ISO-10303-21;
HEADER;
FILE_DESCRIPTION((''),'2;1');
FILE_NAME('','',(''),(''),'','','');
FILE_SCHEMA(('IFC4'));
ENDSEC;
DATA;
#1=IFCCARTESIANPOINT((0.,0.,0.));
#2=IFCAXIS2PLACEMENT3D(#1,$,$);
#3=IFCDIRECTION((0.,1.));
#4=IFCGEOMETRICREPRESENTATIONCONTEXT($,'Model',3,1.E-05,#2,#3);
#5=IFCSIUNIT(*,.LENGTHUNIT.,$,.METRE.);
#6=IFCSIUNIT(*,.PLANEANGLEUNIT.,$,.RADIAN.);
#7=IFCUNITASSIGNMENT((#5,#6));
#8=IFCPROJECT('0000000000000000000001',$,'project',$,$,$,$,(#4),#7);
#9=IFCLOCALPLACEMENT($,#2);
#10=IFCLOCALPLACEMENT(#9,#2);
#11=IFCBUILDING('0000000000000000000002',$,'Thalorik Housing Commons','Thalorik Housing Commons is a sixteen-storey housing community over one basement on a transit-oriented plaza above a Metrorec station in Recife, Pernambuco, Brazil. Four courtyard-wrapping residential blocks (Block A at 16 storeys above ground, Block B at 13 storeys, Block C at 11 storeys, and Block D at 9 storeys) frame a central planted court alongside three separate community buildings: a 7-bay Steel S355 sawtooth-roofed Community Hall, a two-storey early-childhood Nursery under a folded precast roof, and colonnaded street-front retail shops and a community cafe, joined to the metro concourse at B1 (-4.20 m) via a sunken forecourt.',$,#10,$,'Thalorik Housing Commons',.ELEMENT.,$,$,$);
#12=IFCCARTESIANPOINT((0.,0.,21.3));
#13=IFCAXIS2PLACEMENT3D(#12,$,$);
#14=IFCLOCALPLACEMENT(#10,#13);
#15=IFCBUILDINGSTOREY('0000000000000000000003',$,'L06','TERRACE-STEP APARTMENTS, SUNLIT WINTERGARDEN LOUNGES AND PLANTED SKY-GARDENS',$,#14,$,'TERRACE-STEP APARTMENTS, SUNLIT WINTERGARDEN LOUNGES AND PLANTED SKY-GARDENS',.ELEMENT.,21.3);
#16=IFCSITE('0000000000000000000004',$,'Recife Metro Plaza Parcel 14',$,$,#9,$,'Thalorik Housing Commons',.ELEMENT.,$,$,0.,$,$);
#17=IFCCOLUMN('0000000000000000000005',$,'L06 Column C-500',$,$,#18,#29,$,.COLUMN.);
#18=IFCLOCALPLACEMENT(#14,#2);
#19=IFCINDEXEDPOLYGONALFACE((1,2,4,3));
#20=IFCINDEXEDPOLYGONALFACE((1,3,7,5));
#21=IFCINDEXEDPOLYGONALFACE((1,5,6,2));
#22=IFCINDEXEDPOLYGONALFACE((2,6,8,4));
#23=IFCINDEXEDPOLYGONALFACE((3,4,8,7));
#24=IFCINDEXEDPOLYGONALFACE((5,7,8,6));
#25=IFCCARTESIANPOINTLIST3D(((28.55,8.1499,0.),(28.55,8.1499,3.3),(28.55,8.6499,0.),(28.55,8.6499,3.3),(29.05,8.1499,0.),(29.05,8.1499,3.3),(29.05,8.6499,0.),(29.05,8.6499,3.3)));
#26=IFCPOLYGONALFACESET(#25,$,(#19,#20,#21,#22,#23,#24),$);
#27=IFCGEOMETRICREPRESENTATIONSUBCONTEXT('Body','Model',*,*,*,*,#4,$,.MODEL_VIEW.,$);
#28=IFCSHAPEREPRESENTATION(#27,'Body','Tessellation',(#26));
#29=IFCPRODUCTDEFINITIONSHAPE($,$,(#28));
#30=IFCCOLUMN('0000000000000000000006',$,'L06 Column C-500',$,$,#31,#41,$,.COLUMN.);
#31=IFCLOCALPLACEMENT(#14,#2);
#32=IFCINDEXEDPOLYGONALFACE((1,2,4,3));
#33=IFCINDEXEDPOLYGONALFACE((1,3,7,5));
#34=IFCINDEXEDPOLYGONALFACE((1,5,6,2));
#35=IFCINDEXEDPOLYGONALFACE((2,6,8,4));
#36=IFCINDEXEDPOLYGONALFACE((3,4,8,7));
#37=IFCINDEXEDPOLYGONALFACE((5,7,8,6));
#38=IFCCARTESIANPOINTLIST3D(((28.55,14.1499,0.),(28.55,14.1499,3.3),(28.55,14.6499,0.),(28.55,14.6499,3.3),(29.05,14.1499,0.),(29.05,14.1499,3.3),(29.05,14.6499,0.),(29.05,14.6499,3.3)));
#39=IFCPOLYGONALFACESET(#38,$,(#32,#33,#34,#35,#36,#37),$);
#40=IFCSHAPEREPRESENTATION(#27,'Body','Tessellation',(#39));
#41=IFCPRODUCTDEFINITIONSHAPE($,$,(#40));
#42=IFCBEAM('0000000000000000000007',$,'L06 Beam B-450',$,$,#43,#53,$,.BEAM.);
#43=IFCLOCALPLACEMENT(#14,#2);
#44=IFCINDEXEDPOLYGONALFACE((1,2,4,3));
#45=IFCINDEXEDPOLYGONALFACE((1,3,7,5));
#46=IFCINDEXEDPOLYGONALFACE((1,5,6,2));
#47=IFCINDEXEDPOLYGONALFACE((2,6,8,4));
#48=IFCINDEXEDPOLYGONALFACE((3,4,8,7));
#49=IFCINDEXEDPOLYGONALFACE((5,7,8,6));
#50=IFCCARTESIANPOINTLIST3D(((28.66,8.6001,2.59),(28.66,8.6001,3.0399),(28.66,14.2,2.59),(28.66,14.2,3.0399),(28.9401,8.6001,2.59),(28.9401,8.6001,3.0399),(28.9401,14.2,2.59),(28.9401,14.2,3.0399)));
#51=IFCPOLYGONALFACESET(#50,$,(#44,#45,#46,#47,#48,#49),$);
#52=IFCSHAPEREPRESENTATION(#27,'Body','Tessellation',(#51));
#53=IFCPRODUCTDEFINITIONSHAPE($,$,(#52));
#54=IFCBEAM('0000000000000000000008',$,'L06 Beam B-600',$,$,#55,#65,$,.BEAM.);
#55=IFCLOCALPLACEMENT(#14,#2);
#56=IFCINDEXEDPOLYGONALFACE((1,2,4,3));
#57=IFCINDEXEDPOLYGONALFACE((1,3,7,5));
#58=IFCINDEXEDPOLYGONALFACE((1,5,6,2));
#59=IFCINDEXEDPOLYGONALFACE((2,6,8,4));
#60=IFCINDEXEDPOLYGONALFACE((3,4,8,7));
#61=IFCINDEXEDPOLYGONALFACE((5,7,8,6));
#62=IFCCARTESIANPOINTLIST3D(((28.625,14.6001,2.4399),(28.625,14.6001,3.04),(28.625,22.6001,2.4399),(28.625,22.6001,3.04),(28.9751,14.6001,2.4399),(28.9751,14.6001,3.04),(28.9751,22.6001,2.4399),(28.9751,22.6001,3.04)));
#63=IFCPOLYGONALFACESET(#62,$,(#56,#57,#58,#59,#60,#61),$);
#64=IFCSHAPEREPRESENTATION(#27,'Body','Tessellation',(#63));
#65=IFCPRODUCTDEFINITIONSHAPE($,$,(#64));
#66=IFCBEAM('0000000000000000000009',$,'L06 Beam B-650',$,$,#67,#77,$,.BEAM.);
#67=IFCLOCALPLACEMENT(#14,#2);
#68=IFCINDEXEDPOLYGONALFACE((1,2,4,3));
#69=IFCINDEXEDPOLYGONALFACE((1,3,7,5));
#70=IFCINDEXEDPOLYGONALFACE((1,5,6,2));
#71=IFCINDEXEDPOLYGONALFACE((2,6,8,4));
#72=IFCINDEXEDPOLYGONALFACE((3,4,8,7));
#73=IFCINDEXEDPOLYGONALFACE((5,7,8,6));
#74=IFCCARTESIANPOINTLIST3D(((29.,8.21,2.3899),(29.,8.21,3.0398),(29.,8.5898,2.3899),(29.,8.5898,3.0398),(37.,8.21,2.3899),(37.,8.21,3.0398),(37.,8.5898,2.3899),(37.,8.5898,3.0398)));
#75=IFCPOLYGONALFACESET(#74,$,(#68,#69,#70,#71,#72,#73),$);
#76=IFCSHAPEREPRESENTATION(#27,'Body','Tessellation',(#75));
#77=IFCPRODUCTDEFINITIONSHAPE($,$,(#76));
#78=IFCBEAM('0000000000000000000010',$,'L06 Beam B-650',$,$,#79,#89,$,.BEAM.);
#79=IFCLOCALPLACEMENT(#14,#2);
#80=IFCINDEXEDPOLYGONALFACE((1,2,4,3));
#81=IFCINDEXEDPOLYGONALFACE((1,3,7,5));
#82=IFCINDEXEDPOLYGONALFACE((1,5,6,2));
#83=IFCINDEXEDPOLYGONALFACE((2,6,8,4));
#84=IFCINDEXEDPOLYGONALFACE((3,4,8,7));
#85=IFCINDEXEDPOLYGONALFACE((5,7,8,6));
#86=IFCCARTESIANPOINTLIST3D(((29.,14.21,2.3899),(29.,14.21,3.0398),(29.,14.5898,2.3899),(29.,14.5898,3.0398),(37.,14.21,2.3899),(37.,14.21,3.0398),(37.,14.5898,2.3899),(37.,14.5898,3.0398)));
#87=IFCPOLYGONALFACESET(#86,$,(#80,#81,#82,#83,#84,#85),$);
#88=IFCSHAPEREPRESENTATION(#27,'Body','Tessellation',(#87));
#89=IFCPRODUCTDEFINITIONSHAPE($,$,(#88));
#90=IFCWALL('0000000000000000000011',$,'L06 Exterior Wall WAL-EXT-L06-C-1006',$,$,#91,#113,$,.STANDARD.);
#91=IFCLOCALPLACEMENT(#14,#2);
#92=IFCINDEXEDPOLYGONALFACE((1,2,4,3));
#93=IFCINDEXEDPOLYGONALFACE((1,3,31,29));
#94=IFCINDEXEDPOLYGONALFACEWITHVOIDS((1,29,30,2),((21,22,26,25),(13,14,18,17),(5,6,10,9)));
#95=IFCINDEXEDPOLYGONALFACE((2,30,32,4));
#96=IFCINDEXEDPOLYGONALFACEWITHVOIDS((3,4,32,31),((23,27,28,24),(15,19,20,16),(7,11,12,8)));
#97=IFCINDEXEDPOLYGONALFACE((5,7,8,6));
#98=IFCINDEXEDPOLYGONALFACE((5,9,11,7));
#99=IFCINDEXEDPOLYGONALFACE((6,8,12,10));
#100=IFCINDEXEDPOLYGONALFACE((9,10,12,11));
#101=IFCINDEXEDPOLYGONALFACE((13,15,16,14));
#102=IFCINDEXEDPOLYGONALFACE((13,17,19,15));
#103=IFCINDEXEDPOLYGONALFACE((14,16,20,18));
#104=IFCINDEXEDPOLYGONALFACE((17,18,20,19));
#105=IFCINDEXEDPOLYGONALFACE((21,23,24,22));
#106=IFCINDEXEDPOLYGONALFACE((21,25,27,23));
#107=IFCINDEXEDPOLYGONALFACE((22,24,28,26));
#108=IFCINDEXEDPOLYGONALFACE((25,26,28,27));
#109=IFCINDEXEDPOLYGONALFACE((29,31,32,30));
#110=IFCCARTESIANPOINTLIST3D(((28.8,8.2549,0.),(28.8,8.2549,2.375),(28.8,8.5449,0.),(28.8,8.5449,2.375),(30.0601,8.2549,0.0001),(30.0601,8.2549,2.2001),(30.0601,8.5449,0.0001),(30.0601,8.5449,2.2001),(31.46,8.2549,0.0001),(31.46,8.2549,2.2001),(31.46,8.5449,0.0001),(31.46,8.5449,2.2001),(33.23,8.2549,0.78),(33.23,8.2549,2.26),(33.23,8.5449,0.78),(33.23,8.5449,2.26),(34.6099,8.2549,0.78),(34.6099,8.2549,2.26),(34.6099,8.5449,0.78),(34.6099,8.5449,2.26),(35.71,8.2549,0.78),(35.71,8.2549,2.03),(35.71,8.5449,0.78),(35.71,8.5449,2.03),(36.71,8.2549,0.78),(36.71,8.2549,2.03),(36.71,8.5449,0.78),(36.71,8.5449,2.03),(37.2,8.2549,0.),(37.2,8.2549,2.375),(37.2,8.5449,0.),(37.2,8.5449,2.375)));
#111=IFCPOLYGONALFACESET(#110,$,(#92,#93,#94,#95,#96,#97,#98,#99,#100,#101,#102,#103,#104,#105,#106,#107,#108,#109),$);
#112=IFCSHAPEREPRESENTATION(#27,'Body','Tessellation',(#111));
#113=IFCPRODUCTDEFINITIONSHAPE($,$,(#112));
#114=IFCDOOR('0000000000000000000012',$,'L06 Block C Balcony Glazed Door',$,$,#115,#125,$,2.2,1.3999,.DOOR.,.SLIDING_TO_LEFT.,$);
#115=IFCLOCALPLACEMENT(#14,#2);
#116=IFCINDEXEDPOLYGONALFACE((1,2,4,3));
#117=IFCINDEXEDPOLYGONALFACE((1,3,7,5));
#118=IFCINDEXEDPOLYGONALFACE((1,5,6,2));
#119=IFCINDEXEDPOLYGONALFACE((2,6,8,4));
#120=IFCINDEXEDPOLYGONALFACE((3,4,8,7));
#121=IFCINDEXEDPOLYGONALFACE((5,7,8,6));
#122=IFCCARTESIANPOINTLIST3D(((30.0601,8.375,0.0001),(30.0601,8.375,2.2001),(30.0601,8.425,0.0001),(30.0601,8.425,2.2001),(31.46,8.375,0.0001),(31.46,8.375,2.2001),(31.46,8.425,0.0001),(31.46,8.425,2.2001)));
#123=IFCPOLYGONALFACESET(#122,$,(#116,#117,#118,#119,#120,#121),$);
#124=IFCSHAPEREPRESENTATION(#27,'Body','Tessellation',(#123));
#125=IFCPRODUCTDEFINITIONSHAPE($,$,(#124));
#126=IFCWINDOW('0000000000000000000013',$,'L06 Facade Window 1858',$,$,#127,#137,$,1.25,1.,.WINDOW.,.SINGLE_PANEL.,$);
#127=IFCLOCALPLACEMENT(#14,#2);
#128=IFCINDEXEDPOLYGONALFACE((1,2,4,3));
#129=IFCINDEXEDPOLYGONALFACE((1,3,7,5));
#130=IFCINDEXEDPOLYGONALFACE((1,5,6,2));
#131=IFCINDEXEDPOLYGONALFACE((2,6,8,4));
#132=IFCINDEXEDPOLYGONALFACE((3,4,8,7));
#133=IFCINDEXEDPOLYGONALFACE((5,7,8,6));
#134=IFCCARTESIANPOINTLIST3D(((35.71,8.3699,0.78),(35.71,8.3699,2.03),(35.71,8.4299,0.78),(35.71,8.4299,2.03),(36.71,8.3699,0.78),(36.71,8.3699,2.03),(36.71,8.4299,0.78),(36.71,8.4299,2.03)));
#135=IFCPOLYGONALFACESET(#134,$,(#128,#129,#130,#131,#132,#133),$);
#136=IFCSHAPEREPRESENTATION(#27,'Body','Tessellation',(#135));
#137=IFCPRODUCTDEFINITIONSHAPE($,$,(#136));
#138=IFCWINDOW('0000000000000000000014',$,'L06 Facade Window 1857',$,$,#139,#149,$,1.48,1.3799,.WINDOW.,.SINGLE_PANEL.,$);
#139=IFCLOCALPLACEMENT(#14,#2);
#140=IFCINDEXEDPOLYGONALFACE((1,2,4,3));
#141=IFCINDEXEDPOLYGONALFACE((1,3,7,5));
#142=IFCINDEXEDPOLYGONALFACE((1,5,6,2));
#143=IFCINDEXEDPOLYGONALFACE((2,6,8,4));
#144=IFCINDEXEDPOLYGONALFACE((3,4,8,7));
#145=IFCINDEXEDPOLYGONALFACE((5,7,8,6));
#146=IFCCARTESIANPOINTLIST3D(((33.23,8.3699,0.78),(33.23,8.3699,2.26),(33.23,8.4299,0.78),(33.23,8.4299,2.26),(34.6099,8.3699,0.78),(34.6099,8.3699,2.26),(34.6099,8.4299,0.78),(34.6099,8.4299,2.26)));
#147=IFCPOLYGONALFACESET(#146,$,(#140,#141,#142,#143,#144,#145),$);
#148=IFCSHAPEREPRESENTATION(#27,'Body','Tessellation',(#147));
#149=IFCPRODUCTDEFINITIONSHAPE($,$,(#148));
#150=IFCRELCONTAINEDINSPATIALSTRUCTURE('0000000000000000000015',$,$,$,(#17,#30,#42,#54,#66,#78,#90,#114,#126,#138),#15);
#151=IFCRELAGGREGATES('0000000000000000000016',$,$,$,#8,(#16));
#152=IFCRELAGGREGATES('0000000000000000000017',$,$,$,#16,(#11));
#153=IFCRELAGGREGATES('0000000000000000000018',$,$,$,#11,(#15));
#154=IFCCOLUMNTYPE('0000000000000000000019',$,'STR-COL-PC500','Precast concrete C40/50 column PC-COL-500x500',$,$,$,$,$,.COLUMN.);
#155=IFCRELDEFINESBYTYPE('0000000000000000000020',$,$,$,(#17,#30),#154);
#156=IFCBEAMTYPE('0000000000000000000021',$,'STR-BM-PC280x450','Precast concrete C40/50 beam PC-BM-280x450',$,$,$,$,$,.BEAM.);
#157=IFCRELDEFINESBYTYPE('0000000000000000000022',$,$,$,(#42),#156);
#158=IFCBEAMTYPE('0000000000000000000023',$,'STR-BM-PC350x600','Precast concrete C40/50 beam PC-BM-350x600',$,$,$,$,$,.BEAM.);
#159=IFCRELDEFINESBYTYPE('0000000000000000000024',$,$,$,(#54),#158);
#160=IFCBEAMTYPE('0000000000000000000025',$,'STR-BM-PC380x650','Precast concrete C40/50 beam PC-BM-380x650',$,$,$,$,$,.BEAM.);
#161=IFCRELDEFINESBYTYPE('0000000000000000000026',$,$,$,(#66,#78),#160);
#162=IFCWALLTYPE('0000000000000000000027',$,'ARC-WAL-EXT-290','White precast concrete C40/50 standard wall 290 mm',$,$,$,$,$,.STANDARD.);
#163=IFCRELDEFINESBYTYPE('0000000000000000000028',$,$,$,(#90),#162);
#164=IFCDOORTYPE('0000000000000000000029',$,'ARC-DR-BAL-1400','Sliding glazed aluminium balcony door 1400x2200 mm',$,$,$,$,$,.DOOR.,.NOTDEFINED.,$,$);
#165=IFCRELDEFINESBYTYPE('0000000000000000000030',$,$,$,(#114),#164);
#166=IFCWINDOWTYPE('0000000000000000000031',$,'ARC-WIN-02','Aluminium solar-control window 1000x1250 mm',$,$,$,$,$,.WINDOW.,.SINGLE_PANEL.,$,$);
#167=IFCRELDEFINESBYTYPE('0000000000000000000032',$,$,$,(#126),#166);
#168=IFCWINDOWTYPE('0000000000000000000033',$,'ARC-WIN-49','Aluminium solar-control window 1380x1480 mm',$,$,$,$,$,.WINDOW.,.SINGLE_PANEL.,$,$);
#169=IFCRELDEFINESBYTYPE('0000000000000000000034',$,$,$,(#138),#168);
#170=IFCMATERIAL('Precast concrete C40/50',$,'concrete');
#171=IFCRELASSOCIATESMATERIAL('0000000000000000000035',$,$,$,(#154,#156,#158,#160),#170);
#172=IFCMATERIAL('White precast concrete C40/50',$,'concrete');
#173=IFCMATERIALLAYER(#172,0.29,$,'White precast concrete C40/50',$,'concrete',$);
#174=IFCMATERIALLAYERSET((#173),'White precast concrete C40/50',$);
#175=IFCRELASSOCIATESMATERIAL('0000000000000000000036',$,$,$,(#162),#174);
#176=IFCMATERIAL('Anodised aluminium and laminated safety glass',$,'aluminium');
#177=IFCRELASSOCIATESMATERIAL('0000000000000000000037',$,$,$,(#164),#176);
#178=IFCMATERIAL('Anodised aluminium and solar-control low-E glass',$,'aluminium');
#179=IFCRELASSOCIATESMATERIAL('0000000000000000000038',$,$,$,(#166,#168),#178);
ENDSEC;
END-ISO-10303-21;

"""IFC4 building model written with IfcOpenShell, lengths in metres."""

from ifc_helpers import new_model, si_unit, direction, frame, frame_2d, origin, origin_2d, place, context, subcontext, project, spatial, rectangle, extrude, material, layer, layer_set, material_profile, profile_set, type_object, element, fill, save


model = new_model("IFC4")

# Units and contexts
model_context = context("Model", 3, precision=1e-05, world=origin(), true_north=direction((0.0, 1.0)))
body_context = subcontext(model_context, "Body", "Model", "MODEL_VIEW")
ifc_project = project(units=[si_unit("LENGTHUNIT", "METRE"), si_unit("PLANEANGLEUNIT", "RADIAN")], contexts=[model_context])

# Site, building, storey
site_placement = place(None, origin())
site = spatial("IfcSite", under=ifc_project, at=site_placement, Name="Recife Metro Plaza Parcel 14", LongName="Thalorik Housing Commons", CompositionType="ELEMENT", RefElevation=0.0)
building_placement = place(site_placement, origin())
building = spatial("IfcBuilding", under=site, at=building_placement, Name="Thalorik Housing Commons", Description="Thalorik Housing Commons is a sixteen-storey housing community over one basement on a transit-oriented plaza above a Metrorec station in Recife, Pernambuco, Brazil. Four courtyard-wrapping residential blocks (Block A at 16 storeys above ground, Block B at 13 storeys, Block C at 11 storeys, and Block D at 9 storeys) frame a central planted court alongside three separate community buildings: a 7-bay Steel S355 sawtooth-roofed Community Hall, a two-storey early-childhood Nursery under a folded precast roof, and colonnaded street-front retail shops and a community cafe, joined to the metro concourse at B1 (-4.20 m) via a sunken forecourt.", LongName="Thalorik Housing Commons", CompositionType="ELEMENT")
storey_placement = place(building_placement, frame((0.0, 0.0, 21.3)))
storey = spatial("IfcBuildingStorey", under=building, at=storey_placement, Name="L06", Description="TERRACE-STEP APARTMENTS, SUNLIT WINTERGARDEN LOUNGES AND PLANTED SKY-GARDENS", LongName="TERRACE-STEP APARTMENTS, SUNLIT WINTERGARDEN LOUNGES AND PLANTED SKY-GARDENS", CompositionType="ELEMENT", Elevation=21.3)

# Columns
ifc_material_1 = material(Name="Precast concrete C40/50", Category="concrete")
ifc_material_profile_1 = material_profile(ifc_material_1, rectangle(XDim=0.5, YDim=0.5, at=origin_2d()), Name="PC 500x500", Category="concrete")
ifc_profile_set_1 = profile_set([ifc_material_profile_1], Name="Precast concrete C40/50")
column_type = type_object("IfcColumnType", Name="STR-COL-PC500", Description="Precast concrete C40/50 column PC-COL-500x500", PredefinedType="COLUMN", material=ifc_profile_set_1)
for number, where, z_axis, x_axis, name in (
    (1, (28.8, 8.3999, 0.0), (0.0, 0.0, 1.0), (1.0, 0.0, 0.0), "L06 Column C-500"),
    (2, (28.8, 14.3999, 0.0), (0.0, 0.0, 1.0), (1.0, 0.0, 0.0), "L06 Column C-500"),
):
    element("IfcColumn", number, at=place(storey_placement, frame(where, z_axis=z_axis, x_axis=x_axis)), inside=storey, type_object=column_type, Name=name, PredefinedType="COLUMN", context=body_context, shape_type="SweptSolid", body=[
        extrude(rectangle(XDim=0.5, YDim=0.5, at=origin_2d()), origin(), (0.0, 0.0, 1.0), 3.3),
    ])

# Beams
ifc_material_profile_2 = material_profile(ifc_material_1, rectangle(XDim=0.28, YDim=0.45, at=origin_2d()), Name="PC 280x450", Category="concrete")
ifc_profile_set_2 = profile_set([ifc_material_profile_2], Name="Precast concrete C40/50")
beam_type_1 = type_object("IfcBeamType", Name="STR-BM-PC280x450", Description="Precast concrete C40/50 beam PC-BM-280x450", PredefinedType="BEAM", material=ifc_profile_set_2)
beam_1_placement = place(storey_placement, frame((28.8, 8.6001, 2.8149), z_axis=(0.0, 1.0, 0.0), x_axis=(-1.0, 0.0, 0.0)))
element("IfcBeam", 3, at=beam_1_placement, inside=storey, type_object=beam_type_1, Name="L06 Beam B-450", PredefinedType="BEAM", context=body_context, shape_type="SweptSolid", body=[
    extrude(rectangle(XDim=0.28, YDim=0.45, at=origin_2d()), origin(), (0.0, 0.0, 1.0), 5.5999),
])
ifc_material_profile_3 = material_profile(ifc_material_1, rectangle(XDim=0.3501, YDim=0.6001, at=origin_2d()), Name="PC 350x600", Category="concrete")
ifc_profile_set_3 = profile_set([ifc_material_profile_3], Name="Precast concrete C40/50")
beam_type_2 = type_object("IfcBeamType", Name="STR-BM-PC350x600", Description="Precast concrete C40/50 beam PC-BM-350x600", PredefinedType="BEAM", material=ifc_profile_set_3)
beam_2_placement = place(storey_placement, frame((28.8, 14.6001, 2.74), z_axis=(0.0, 1.0, 0.0), x_axis=(-1.0, 0.0, 0.0)))
element("IfcBeam", 4, at=beam_2_placement, inside=storey, type_object=beam_type_2, Name="L06 Beam B-600", PredefinedType="BEAM", context=body_context, shape_type="SweptSolid", body=[
    extrude(rectangle(XDim=0.3501, YDim=0.6001, at=origin_2d()), origin(), (0.0, 0.0, 1.0), 8.0),
])
ifc_material_profile_4 = material_profile(ifc_material_1, rectangle(XDim=0.3799, YDim=0.6499, at=origin_2d()), Name="PC 380x650", Category="concrete")
ifc_profile_set_4 = profile_set([ifc_material_profile_4], Name="Precast concrete C40/50")
beam_type_3 = type_object("IfcBeamType", Name="STR-BM-PC380x650", Description="Precast concrete C40/50 beam PC-BM-380x650", PredefinedType="BEAM", material=ifc_profile_set_4)
for number, where, z_axis, x_axis, name in (
    (5, (29.0, 8.3999, 2.7148), (1.0, 0.0, 0.0), (0.0, 1.0, 0.0), "L06 Beam B-650"),
    (6, (29.0, 14.3999, 2.7148), (1.0, 0.0, 0.0), (0.0, 1.0, 0.0), "L06 Beam B-650"),
):
    element("IfcBeam", number, at=place(storey_placement, frame(where, z_axis=z_axis, x_axis=x_axis)), inside=storey, type_object=beam_type_3, Name=name, PredefinedType="BEAM", context=body_context, shape_type="SweptSolid", body=[
        extrude(rectangle(XDim=0.3799, YDim=0.6499, at=origin_2d()), origin(), (0.0, 0.0, 1.0), 8.0),
    ])

# Wall, openings, door, windows
ifc_material_2 = material(Name="White precast concrete C40/50", Category="concrete")
ifc_layer_1 = layer(ifc_material_2, 0.29, Name="White precast concrete C40/50", Category="concrete")
ifc_layer_set_1 = layer_set([ifc_layer_1], Name="White precast concrete C40/50")
wall_type_1 = type_object("IfcWallType", Name="ARC-WAL-EXT-290", Description="White precast concrete C40/50 standard wall 290 mm", PredefinedType="STANDARD", material=ifc_layer_set_1)
wall_1_placement = place(storey_placement, frame((28.8, 8.3999, 0.0), z_axis=(0.0, 0.0, 1.0), x_axis=(1.0, 0.0, 0.0)))
wall_1 = element("IfcWall", 7, at=wall_1_placement, inside=storey, type_object=wall_type_1, Name="L06 Exterior Wall WAL-EXT-L06-C-1006", PredefinedType="STANDARD", context=body_context, shape_type="SweptSolid", body=[
    extrude(rectangle(XDim=8.3999, YDim=0.29, at=frame_2d((4.2, 0.0))), origin(), (0.0, 0.0, 1.0), 2.375),
])
opening_1_placement = place(wall_1_placement, frame((1.26, 0.0, 0.0)))
opening_1 = element("IfcOpeningElement", 8, at=opening_1_placement, cuts=wall_1, PredefinedType="OPENING", context=body_context, shape_type="SweptSolid", body=[
    extrude(rectangle(XDim=1.3999, YDim=2.2, at=frame_2d((0.7, 1.1001))), frame((0.0, 0.155, 0.0), z_axis=(0.0, -1.0, 0.0), x_axis=(1.0, 0.0, 0.0)), (0.0, 0.0, 1.0), 0.3101),
])
opening_2_placement = place(wall_1_placement, frame((4.4299, 0.0, 0.78)))
opening_2 = element("IfcOpeningElement", 9, at=opening_2_placement, cuts=wall_1, PredefinedType="OPENING", context=body_context, shape_type="SweptSolid", body=[
    extrude(rectangle(XDim=1.3799, YDim=1.48, at=frame_2d((0.6899, 0.74))), frame((0.0, 0.155, 0.0), z_axis=(0.0, -1.0, 0.0), x_axis=(1.0, 0.0, 0.0)), (0.0, 0.0, 1.0), 0.3101),
])
opening_3_placement = place(wall_1_placement, frame((6.9099, 0.0, 0.78)))
opening_3 = element("IfcOpeningElement", 10, at=opening_3_placement, cuts=wall_1, PredefinedType="OPENING", context=body_context, shape_type="SweptSolid", body=[
    extrude(rectangle(XDim=1.0, YDim=1.25, at=frame_2d((0.5, 0.625))), frame((0.0, 0.155, 0.0), z_axis=(0.0, -1.0, 0.0), x_axis=(1.0, 0.0, 0.0)), (0.0, 0.0, 1.0), 0.3101),
])
ifc_material_3 = material(Name="Anodised aluminium and laminated safety glass", Category="aluminium")
door_type_1 = type_object("IfcDoorType", Name="ARC-DR-BAL-1400", Description="Sliding glazed aluminium balcony door 1400x2200 mm", OperationType="NOTDEFINED", PredefinedType="DOOR", material=ifc_material_3)
door_1_placement = place(opening_1_placement, frame((1.3999, 0.0, 0.0), z_axis=(0.0, 0.0, 1.0), x_axis=(-1.0, 0.0, 0.0)))
door_1 = element("IfcDoor", 11, at=door_1_placement, inside=storey, type_object=door_type_1, Name="L06 Block C Balcony Glazed Door", OperationType="SLIDING_TO_LEFT", OverallHeight=2.2, OverallWidth=1.3999, PredefinedType="DOOR", context=body_context, shape_type="SweptSolid", body=[
    extrude(rectangle(XDim=1.3999, YDim=2.2, at=frame_2d((0.7, 1.1001))), frame((0.0, 0.0249, 0.0), z_axis=(0.0, -1.0, 0.0), x_axis=(1.0, 0.0, 0.0)), (0.0, 0.0, 1.0), 0.05),
])
fill(opening_1, door_1)
ifc_material_4 = material(Name="Anodised aluminium and solar-control low-E glass", Category="aluminium")
window_type_1 = type_object("IfcWindowType", Name="ARC-WIN-02", Description="Aluminium solar-control window 1000x1250 mm", PartitioningType="SINGLE_PANEL", PredefinedType="WINDOW", material=ifc_material_4)
window_1_placement = place(opening_3_placement, origin())
window_1 = element("IfcWindow", 12, at=window_1_placement, inside=storey, type_object=window_type_1, Name="L06 Facade Window 1858", OverallHeight=1.25, OverallWidth=1.0, PartitioningType="SINGLE_PANEL", PredefinedType="WINDOW", context=body_context, shape_type="SweptSolid", body=[
    extrude(rectangle(XDim=1.0, YDim=1.25, at=frame_2d((0.5, 0.625))), frame((0.0, 0.03, 0.0), z_axis=(0.0, -1.0, 0.0), x_axis=(1.0, 0.0, 0.0)), (0.0, 0.0, 1.0), 0.0601),
])
fill(opening_3, window_1)
window_type_2 = type_object("IfcWindowType", Name="ARC-WIN-49", Description="Aluminium solar-control window 1380x1480 mm", PartitioningType="SINGLE_PANEL", PredefinedType="WINDOW", material=ifc_material_4)
window_2_placement = place(opening_2_placement, origin())
window_2 = element("IfcWindow", 13, at=window_2_placement, inside=storey, type_object=window_type_2, Name="L06 Facade Window 1857", OverallHeight=1.48, OverallWidth=1.3799, PartitioningType="SINGLE_PANEL", PredefinedType="WINDOW", context=body_context, shape_type="SweptSolid", body=[
    extrude(rectangle(XDim=1.3799, YDim=1.48, at=frame_2d((0.6899, 0.74))), frame((0.0, 0.03, 0.0), z_axis=(0.0, -1.0, 0.0), x_axis=(1.0, 0.0, 0.0)), (0.0, 0.0, 1.0), 0.0601),
])
fill(opening_2, window_2)

save(model, "model.ifc")
